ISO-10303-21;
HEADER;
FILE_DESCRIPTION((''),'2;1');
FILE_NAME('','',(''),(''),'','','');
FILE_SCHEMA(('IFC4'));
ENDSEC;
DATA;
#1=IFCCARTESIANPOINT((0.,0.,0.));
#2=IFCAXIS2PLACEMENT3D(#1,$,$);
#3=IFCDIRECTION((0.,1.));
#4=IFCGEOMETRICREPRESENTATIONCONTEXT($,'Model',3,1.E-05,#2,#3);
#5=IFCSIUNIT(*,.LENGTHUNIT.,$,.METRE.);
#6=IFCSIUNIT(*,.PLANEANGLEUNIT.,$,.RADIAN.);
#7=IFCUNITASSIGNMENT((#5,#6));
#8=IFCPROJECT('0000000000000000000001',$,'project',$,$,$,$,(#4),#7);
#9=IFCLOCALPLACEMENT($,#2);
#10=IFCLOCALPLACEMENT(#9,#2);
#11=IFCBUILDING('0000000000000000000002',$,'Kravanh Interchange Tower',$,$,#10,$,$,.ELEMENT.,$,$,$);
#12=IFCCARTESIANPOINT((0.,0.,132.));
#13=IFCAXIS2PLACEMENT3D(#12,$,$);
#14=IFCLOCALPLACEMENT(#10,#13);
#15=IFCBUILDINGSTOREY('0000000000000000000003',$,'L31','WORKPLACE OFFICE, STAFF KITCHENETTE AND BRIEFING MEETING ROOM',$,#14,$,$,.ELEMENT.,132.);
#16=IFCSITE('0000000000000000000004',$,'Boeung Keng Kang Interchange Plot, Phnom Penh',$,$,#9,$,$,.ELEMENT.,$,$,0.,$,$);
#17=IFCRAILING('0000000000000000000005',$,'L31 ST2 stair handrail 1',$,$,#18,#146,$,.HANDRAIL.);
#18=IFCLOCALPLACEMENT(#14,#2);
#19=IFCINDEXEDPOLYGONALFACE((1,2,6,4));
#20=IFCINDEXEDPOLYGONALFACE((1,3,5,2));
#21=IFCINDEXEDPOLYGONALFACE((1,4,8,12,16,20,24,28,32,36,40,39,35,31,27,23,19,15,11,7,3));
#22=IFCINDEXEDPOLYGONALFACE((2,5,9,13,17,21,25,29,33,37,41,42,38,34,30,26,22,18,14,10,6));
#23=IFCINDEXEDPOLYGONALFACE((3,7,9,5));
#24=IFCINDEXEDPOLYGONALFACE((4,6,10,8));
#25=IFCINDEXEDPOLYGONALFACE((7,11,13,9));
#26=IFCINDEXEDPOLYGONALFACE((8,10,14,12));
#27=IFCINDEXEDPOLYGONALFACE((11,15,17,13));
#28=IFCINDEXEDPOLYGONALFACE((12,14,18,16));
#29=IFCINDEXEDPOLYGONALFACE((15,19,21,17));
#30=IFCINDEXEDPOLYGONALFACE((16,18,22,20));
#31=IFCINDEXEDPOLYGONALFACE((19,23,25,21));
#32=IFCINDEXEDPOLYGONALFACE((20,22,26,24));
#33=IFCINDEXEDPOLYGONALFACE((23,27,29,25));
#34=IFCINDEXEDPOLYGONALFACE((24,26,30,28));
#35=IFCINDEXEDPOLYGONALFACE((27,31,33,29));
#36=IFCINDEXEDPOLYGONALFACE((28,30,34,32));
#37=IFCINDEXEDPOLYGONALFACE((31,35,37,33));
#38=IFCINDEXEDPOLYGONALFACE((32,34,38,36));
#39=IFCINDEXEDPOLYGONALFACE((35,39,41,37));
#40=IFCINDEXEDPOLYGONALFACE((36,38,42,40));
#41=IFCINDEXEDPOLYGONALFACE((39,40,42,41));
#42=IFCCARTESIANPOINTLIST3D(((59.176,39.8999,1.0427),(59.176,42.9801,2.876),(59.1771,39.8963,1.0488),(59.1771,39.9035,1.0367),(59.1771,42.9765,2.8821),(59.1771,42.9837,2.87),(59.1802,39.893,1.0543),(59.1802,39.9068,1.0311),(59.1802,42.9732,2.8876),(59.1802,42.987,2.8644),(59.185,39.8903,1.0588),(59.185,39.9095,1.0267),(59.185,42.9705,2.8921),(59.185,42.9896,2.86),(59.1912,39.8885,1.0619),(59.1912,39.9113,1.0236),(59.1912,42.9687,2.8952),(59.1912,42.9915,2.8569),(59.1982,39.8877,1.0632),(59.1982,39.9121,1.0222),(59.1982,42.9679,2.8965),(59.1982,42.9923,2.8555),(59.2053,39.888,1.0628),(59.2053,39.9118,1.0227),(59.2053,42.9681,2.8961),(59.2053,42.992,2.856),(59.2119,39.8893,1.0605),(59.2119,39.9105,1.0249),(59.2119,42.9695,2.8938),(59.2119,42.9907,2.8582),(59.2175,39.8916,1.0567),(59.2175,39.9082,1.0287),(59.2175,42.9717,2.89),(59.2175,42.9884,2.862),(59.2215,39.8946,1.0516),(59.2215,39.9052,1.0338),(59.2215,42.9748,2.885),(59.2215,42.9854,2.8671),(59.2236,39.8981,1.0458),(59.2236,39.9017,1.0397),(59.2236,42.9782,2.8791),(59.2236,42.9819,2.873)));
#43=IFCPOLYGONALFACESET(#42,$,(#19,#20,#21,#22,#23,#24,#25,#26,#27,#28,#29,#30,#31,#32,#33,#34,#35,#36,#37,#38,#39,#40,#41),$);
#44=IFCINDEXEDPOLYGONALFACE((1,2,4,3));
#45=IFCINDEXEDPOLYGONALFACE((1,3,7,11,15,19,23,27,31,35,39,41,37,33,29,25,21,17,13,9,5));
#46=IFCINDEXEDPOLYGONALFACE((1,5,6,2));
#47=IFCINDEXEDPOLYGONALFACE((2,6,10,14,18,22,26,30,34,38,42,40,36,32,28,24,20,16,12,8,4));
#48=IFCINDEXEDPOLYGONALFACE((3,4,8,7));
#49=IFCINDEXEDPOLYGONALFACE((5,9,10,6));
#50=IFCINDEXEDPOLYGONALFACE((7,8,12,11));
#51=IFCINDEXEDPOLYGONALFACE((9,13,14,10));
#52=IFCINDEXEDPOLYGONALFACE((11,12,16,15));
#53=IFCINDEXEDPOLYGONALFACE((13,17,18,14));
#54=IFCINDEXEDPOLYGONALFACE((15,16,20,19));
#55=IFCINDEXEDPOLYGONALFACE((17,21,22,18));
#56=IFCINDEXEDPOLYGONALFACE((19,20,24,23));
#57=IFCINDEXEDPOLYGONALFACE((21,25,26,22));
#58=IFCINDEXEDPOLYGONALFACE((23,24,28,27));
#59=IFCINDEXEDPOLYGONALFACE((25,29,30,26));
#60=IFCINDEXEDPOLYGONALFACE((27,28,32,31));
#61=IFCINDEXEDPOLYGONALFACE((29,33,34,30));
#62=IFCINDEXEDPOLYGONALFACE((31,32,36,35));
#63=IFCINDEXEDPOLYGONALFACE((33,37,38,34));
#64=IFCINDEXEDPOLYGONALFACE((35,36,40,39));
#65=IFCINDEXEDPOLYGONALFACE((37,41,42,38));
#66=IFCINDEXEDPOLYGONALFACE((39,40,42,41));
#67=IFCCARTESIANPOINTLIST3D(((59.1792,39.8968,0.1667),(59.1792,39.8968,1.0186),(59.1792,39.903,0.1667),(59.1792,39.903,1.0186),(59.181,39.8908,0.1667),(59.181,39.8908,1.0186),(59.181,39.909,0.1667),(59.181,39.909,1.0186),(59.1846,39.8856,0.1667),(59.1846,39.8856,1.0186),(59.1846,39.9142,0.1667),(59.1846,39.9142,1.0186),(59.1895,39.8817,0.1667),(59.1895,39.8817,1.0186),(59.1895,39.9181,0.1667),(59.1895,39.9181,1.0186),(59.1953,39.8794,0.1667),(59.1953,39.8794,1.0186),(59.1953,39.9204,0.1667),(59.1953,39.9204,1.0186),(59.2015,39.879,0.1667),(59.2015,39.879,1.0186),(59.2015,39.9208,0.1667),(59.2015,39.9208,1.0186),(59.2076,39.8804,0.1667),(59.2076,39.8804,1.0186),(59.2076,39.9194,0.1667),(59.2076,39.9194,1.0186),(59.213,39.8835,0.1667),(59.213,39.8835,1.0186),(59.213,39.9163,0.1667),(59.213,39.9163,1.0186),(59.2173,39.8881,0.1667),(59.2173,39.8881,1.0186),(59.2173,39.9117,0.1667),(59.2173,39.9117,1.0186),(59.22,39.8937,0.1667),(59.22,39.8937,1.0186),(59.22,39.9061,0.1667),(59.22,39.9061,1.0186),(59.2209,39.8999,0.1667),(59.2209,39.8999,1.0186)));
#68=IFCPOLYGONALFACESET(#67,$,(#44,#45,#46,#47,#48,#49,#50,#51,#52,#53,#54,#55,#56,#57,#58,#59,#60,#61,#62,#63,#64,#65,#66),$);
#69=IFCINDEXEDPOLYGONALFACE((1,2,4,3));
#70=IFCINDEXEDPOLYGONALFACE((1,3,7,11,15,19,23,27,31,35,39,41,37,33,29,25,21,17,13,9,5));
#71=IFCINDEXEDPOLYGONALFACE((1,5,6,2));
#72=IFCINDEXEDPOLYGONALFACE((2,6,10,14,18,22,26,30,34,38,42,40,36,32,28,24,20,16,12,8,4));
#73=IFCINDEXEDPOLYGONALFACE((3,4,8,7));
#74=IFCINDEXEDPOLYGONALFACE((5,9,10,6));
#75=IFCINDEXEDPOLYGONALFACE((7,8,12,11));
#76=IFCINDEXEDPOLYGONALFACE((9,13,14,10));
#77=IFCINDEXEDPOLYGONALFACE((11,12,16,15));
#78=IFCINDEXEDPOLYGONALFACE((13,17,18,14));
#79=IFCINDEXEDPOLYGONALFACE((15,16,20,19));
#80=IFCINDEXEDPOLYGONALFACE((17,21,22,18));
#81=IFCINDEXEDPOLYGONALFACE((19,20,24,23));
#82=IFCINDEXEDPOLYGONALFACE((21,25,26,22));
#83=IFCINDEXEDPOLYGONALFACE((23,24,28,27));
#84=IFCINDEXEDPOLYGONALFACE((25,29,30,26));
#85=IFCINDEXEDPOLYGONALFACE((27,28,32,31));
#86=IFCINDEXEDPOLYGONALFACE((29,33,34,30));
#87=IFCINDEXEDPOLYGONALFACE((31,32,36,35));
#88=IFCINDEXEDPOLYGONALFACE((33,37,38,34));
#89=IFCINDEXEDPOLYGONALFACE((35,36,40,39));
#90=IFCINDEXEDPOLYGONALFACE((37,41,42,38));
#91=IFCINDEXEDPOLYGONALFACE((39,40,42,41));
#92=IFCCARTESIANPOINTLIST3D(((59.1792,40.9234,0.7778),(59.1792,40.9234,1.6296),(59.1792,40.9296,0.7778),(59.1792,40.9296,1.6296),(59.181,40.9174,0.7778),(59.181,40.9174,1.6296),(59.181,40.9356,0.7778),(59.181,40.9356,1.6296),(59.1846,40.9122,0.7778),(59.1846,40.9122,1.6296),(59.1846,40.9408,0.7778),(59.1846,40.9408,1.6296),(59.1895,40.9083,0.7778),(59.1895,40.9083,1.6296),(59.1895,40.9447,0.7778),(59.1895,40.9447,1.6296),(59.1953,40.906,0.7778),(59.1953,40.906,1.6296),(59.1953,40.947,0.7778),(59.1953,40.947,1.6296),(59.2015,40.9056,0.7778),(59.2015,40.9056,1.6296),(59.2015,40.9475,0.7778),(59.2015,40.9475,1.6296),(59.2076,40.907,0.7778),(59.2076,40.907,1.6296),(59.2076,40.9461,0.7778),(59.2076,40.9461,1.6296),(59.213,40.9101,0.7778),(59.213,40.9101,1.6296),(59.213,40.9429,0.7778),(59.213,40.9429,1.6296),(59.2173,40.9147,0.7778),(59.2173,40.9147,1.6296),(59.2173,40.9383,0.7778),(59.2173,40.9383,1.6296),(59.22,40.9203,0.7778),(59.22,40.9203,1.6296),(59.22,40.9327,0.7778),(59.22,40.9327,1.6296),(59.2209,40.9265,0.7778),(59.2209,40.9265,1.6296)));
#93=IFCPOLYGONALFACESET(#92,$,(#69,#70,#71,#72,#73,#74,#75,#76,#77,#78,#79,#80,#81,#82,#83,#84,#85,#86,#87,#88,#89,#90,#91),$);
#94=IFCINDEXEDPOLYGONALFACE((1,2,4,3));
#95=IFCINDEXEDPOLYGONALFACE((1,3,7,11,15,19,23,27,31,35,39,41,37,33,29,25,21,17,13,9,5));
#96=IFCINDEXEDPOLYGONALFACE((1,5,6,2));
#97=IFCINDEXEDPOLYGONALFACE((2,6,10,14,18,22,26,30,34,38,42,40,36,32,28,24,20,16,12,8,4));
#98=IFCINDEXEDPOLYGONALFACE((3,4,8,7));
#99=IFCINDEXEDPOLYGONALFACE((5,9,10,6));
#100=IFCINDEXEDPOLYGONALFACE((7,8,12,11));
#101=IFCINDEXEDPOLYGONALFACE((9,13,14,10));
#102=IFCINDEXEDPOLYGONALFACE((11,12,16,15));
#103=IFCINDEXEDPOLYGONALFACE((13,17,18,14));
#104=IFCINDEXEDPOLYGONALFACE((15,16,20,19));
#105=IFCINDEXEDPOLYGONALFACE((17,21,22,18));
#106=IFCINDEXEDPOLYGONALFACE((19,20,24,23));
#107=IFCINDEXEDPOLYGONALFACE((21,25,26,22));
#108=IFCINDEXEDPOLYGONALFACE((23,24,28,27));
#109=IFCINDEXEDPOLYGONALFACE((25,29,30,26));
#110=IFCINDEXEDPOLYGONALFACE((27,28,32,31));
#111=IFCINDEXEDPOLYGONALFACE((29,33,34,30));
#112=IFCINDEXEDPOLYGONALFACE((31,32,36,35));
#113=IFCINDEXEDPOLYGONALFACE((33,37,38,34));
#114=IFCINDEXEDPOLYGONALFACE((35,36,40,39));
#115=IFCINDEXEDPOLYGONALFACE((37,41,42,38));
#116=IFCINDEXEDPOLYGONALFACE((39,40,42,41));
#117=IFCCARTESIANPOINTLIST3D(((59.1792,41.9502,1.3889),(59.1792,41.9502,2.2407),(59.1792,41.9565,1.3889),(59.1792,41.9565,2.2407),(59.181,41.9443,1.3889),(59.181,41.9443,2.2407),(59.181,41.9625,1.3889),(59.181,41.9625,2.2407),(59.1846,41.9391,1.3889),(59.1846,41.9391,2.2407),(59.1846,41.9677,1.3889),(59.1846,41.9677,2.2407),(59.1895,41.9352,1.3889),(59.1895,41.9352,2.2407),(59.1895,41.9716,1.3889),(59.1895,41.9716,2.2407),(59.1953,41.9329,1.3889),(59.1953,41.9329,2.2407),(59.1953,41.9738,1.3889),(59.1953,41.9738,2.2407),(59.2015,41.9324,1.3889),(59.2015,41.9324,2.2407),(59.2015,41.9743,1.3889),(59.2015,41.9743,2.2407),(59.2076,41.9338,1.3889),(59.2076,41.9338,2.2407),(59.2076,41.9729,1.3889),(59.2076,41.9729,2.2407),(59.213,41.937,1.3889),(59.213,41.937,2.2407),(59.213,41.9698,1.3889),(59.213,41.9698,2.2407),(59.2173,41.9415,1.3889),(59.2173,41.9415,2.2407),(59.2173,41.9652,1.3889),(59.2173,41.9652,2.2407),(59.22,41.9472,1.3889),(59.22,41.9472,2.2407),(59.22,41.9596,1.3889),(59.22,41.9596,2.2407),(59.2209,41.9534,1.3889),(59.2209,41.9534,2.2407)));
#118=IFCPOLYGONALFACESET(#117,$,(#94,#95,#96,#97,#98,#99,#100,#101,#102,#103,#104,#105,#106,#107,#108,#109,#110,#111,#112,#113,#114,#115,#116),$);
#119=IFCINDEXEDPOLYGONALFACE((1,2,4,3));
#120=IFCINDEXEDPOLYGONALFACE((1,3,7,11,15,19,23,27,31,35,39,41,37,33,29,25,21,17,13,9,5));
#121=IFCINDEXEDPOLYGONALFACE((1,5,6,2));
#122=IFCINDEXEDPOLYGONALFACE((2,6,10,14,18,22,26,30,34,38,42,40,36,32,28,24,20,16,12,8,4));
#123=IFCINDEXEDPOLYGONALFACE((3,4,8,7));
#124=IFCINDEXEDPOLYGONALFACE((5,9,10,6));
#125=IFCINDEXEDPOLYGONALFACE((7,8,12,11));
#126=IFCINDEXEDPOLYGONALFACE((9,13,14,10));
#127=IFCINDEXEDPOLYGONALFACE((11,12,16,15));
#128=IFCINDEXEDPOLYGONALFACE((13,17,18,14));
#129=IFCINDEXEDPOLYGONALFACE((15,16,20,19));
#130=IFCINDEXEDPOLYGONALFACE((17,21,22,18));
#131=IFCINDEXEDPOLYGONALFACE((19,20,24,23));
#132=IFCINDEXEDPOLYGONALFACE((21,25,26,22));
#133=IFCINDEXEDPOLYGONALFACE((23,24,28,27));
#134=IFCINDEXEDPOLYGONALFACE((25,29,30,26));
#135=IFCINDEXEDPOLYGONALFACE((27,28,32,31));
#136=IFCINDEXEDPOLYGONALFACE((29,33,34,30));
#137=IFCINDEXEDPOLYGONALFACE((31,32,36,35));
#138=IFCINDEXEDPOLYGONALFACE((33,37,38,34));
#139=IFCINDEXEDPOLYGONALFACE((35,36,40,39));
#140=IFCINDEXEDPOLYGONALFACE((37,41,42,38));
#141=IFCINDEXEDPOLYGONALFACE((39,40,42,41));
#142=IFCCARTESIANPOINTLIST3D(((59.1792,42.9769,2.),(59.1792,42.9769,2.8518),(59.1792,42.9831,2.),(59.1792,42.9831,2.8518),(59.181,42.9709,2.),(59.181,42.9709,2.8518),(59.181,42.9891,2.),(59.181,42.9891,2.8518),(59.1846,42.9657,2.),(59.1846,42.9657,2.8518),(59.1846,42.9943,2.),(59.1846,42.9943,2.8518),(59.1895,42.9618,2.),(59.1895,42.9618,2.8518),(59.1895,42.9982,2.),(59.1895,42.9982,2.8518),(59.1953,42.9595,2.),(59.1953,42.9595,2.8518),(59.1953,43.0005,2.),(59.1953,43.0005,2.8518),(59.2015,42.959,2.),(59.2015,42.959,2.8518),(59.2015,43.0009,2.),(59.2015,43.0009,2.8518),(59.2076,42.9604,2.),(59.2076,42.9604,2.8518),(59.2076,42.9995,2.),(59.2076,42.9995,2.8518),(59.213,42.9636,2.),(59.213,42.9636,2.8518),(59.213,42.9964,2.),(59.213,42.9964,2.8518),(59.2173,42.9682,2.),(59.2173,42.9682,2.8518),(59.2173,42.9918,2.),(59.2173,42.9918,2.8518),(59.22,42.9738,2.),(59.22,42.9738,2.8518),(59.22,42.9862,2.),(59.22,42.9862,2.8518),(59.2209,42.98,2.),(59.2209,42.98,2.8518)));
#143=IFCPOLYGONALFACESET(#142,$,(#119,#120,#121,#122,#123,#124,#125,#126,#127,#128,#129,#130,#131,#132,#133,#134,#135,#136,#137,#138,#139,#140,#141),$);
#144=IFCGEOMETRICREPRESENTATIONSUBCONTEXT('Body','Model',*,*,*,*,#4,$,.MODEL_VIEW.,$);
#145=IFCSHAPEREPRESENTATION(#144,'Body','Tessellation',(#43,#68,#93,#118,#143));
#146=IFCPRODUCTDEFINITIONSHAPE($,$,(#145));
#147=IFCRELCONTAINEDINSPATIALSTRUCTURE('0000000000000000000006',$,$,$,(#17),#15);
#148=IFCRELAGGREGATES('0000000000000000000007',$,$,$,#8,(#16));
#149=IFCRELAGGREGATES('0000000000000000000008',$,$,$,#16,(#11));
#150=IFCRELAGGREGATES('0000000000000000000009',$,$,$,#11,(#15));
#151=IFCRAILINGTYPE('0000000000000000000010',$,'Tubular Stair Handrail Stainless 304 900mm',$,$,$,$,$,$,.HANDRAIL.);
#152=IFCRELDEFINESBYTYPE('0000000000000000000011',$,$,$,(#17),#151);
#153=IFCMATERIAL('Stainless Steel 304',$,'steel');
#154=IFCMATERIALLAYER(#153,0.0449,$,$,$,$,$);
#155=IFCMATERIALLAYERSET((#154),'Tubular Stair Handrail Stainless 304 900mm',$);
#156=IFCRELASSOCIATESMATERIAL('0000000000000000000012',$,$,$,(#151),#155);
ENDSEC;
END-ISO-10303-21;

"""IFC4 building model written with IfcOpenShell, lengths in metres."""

from ifc_helpers import new_model, si_unit, direction, frame, origin, origin_2d, place, context, subcontext, project, spatial, circle, extrude, material, layer, layer_set, type_object, element, save


model = new_model("IFC4")

# Units and contexts
model_context = context("Model", 3, precision=1e-05, world=origin(), true_north=direction((0.0, 1.0)))
body_context = subcontext(model_context, "Body", "Model", "MODEL_VIEW")
ifc_project = project(units=[si_unit("LENGTHUNIT", "METRE"), si_unit("PLANEANGLEUNIT", "RADIAN")], contexts=[model_context])

# Site, building, storey
site_placement = place(None, origin())
site = spatial("IfcSite", under=ifc_project, at=site_placement, Name="Boeung Keng Kang Interchange Plot, Phnom Penh", CompositionType="ELEMENT", RefElevation=0.0)
building_placement = place(site_placement, origin())
building = spatial("IfcBuilding", under=site, at=building_placement, Name="Kravanh Interchange Tower", CompositionType="ELEMENT")
storey_placement = place(building_placement, frame((0.0, 0.0, 132.0)))
storey = spatial("IfcBuildingStorey", under=building, at=storey_placement, Name="L31", Description="WORKPLACE OFFICE, STAFF KITCHENETTE AND BRIEFING MEETING ROOM", CompositionType="ELEMENT", Elevation=132.0)

# Railing
ifc_material_1 = material(Name="Stainless Steel 304", Category="steel")
ifc_layer_1 = layer(ifc_material_1, 0.0449)
ifc_layer_set_1 = layer_set([ifc_layer_1], Name="Tubular Stair Handrail Stainless 304 900mm")
railing_type_1 = type_object("IfcRailingType", Name="Tubular Stair Handrail Stainless 304 900mm", PredefinedType="HANDRAIL", material=ifc_layer_set_1)
railing_1_placement = place(storey_placement, frame((59.2, 39.8999, 0.1667)))
element("IfcRailing", 1, at=railing_1_placement, inside=storey, type_object=railing_type_1, Name="L31 ST2 stair handrail 1", PredefinedType="HANDRAIL", context=body_context, shape_type="SweptSolid", body=[
    extrude(circle(Radius=0.0239, at=origin_2d()), frame((0.0, 0.0, 0.876), z_axis=(0.0, 0.859309, 0.511458), x_axis=(-1.0, 0.0, 0.0)), (0.0, 0.0, 1.0), 3.5845),
    extrude(circle(Radius=0.021, at=origin_2d()), origin(), (0.0, 0.0, 1.0), 0.8518),
    extrude(circle(Radius=0.021, at=origin_2d()), frame((0.0, 1.0266, 0.6111)), (0.0, 0.0, 1.0), 0.8518),
    extrude(circle(Radius=0.021, at=origin_2d()), frame((0.0, 2.0535, 1.2222)), (0.0, 0.0, 1.0), 0.8518),
    extrude(circle(Radius=0.021, at=origin_2d()), frame((0.0, 3.0801, 1.8333)), (0.0, 0.0, 1.0), 0.8518),
])

save(model, "model.ifc")
